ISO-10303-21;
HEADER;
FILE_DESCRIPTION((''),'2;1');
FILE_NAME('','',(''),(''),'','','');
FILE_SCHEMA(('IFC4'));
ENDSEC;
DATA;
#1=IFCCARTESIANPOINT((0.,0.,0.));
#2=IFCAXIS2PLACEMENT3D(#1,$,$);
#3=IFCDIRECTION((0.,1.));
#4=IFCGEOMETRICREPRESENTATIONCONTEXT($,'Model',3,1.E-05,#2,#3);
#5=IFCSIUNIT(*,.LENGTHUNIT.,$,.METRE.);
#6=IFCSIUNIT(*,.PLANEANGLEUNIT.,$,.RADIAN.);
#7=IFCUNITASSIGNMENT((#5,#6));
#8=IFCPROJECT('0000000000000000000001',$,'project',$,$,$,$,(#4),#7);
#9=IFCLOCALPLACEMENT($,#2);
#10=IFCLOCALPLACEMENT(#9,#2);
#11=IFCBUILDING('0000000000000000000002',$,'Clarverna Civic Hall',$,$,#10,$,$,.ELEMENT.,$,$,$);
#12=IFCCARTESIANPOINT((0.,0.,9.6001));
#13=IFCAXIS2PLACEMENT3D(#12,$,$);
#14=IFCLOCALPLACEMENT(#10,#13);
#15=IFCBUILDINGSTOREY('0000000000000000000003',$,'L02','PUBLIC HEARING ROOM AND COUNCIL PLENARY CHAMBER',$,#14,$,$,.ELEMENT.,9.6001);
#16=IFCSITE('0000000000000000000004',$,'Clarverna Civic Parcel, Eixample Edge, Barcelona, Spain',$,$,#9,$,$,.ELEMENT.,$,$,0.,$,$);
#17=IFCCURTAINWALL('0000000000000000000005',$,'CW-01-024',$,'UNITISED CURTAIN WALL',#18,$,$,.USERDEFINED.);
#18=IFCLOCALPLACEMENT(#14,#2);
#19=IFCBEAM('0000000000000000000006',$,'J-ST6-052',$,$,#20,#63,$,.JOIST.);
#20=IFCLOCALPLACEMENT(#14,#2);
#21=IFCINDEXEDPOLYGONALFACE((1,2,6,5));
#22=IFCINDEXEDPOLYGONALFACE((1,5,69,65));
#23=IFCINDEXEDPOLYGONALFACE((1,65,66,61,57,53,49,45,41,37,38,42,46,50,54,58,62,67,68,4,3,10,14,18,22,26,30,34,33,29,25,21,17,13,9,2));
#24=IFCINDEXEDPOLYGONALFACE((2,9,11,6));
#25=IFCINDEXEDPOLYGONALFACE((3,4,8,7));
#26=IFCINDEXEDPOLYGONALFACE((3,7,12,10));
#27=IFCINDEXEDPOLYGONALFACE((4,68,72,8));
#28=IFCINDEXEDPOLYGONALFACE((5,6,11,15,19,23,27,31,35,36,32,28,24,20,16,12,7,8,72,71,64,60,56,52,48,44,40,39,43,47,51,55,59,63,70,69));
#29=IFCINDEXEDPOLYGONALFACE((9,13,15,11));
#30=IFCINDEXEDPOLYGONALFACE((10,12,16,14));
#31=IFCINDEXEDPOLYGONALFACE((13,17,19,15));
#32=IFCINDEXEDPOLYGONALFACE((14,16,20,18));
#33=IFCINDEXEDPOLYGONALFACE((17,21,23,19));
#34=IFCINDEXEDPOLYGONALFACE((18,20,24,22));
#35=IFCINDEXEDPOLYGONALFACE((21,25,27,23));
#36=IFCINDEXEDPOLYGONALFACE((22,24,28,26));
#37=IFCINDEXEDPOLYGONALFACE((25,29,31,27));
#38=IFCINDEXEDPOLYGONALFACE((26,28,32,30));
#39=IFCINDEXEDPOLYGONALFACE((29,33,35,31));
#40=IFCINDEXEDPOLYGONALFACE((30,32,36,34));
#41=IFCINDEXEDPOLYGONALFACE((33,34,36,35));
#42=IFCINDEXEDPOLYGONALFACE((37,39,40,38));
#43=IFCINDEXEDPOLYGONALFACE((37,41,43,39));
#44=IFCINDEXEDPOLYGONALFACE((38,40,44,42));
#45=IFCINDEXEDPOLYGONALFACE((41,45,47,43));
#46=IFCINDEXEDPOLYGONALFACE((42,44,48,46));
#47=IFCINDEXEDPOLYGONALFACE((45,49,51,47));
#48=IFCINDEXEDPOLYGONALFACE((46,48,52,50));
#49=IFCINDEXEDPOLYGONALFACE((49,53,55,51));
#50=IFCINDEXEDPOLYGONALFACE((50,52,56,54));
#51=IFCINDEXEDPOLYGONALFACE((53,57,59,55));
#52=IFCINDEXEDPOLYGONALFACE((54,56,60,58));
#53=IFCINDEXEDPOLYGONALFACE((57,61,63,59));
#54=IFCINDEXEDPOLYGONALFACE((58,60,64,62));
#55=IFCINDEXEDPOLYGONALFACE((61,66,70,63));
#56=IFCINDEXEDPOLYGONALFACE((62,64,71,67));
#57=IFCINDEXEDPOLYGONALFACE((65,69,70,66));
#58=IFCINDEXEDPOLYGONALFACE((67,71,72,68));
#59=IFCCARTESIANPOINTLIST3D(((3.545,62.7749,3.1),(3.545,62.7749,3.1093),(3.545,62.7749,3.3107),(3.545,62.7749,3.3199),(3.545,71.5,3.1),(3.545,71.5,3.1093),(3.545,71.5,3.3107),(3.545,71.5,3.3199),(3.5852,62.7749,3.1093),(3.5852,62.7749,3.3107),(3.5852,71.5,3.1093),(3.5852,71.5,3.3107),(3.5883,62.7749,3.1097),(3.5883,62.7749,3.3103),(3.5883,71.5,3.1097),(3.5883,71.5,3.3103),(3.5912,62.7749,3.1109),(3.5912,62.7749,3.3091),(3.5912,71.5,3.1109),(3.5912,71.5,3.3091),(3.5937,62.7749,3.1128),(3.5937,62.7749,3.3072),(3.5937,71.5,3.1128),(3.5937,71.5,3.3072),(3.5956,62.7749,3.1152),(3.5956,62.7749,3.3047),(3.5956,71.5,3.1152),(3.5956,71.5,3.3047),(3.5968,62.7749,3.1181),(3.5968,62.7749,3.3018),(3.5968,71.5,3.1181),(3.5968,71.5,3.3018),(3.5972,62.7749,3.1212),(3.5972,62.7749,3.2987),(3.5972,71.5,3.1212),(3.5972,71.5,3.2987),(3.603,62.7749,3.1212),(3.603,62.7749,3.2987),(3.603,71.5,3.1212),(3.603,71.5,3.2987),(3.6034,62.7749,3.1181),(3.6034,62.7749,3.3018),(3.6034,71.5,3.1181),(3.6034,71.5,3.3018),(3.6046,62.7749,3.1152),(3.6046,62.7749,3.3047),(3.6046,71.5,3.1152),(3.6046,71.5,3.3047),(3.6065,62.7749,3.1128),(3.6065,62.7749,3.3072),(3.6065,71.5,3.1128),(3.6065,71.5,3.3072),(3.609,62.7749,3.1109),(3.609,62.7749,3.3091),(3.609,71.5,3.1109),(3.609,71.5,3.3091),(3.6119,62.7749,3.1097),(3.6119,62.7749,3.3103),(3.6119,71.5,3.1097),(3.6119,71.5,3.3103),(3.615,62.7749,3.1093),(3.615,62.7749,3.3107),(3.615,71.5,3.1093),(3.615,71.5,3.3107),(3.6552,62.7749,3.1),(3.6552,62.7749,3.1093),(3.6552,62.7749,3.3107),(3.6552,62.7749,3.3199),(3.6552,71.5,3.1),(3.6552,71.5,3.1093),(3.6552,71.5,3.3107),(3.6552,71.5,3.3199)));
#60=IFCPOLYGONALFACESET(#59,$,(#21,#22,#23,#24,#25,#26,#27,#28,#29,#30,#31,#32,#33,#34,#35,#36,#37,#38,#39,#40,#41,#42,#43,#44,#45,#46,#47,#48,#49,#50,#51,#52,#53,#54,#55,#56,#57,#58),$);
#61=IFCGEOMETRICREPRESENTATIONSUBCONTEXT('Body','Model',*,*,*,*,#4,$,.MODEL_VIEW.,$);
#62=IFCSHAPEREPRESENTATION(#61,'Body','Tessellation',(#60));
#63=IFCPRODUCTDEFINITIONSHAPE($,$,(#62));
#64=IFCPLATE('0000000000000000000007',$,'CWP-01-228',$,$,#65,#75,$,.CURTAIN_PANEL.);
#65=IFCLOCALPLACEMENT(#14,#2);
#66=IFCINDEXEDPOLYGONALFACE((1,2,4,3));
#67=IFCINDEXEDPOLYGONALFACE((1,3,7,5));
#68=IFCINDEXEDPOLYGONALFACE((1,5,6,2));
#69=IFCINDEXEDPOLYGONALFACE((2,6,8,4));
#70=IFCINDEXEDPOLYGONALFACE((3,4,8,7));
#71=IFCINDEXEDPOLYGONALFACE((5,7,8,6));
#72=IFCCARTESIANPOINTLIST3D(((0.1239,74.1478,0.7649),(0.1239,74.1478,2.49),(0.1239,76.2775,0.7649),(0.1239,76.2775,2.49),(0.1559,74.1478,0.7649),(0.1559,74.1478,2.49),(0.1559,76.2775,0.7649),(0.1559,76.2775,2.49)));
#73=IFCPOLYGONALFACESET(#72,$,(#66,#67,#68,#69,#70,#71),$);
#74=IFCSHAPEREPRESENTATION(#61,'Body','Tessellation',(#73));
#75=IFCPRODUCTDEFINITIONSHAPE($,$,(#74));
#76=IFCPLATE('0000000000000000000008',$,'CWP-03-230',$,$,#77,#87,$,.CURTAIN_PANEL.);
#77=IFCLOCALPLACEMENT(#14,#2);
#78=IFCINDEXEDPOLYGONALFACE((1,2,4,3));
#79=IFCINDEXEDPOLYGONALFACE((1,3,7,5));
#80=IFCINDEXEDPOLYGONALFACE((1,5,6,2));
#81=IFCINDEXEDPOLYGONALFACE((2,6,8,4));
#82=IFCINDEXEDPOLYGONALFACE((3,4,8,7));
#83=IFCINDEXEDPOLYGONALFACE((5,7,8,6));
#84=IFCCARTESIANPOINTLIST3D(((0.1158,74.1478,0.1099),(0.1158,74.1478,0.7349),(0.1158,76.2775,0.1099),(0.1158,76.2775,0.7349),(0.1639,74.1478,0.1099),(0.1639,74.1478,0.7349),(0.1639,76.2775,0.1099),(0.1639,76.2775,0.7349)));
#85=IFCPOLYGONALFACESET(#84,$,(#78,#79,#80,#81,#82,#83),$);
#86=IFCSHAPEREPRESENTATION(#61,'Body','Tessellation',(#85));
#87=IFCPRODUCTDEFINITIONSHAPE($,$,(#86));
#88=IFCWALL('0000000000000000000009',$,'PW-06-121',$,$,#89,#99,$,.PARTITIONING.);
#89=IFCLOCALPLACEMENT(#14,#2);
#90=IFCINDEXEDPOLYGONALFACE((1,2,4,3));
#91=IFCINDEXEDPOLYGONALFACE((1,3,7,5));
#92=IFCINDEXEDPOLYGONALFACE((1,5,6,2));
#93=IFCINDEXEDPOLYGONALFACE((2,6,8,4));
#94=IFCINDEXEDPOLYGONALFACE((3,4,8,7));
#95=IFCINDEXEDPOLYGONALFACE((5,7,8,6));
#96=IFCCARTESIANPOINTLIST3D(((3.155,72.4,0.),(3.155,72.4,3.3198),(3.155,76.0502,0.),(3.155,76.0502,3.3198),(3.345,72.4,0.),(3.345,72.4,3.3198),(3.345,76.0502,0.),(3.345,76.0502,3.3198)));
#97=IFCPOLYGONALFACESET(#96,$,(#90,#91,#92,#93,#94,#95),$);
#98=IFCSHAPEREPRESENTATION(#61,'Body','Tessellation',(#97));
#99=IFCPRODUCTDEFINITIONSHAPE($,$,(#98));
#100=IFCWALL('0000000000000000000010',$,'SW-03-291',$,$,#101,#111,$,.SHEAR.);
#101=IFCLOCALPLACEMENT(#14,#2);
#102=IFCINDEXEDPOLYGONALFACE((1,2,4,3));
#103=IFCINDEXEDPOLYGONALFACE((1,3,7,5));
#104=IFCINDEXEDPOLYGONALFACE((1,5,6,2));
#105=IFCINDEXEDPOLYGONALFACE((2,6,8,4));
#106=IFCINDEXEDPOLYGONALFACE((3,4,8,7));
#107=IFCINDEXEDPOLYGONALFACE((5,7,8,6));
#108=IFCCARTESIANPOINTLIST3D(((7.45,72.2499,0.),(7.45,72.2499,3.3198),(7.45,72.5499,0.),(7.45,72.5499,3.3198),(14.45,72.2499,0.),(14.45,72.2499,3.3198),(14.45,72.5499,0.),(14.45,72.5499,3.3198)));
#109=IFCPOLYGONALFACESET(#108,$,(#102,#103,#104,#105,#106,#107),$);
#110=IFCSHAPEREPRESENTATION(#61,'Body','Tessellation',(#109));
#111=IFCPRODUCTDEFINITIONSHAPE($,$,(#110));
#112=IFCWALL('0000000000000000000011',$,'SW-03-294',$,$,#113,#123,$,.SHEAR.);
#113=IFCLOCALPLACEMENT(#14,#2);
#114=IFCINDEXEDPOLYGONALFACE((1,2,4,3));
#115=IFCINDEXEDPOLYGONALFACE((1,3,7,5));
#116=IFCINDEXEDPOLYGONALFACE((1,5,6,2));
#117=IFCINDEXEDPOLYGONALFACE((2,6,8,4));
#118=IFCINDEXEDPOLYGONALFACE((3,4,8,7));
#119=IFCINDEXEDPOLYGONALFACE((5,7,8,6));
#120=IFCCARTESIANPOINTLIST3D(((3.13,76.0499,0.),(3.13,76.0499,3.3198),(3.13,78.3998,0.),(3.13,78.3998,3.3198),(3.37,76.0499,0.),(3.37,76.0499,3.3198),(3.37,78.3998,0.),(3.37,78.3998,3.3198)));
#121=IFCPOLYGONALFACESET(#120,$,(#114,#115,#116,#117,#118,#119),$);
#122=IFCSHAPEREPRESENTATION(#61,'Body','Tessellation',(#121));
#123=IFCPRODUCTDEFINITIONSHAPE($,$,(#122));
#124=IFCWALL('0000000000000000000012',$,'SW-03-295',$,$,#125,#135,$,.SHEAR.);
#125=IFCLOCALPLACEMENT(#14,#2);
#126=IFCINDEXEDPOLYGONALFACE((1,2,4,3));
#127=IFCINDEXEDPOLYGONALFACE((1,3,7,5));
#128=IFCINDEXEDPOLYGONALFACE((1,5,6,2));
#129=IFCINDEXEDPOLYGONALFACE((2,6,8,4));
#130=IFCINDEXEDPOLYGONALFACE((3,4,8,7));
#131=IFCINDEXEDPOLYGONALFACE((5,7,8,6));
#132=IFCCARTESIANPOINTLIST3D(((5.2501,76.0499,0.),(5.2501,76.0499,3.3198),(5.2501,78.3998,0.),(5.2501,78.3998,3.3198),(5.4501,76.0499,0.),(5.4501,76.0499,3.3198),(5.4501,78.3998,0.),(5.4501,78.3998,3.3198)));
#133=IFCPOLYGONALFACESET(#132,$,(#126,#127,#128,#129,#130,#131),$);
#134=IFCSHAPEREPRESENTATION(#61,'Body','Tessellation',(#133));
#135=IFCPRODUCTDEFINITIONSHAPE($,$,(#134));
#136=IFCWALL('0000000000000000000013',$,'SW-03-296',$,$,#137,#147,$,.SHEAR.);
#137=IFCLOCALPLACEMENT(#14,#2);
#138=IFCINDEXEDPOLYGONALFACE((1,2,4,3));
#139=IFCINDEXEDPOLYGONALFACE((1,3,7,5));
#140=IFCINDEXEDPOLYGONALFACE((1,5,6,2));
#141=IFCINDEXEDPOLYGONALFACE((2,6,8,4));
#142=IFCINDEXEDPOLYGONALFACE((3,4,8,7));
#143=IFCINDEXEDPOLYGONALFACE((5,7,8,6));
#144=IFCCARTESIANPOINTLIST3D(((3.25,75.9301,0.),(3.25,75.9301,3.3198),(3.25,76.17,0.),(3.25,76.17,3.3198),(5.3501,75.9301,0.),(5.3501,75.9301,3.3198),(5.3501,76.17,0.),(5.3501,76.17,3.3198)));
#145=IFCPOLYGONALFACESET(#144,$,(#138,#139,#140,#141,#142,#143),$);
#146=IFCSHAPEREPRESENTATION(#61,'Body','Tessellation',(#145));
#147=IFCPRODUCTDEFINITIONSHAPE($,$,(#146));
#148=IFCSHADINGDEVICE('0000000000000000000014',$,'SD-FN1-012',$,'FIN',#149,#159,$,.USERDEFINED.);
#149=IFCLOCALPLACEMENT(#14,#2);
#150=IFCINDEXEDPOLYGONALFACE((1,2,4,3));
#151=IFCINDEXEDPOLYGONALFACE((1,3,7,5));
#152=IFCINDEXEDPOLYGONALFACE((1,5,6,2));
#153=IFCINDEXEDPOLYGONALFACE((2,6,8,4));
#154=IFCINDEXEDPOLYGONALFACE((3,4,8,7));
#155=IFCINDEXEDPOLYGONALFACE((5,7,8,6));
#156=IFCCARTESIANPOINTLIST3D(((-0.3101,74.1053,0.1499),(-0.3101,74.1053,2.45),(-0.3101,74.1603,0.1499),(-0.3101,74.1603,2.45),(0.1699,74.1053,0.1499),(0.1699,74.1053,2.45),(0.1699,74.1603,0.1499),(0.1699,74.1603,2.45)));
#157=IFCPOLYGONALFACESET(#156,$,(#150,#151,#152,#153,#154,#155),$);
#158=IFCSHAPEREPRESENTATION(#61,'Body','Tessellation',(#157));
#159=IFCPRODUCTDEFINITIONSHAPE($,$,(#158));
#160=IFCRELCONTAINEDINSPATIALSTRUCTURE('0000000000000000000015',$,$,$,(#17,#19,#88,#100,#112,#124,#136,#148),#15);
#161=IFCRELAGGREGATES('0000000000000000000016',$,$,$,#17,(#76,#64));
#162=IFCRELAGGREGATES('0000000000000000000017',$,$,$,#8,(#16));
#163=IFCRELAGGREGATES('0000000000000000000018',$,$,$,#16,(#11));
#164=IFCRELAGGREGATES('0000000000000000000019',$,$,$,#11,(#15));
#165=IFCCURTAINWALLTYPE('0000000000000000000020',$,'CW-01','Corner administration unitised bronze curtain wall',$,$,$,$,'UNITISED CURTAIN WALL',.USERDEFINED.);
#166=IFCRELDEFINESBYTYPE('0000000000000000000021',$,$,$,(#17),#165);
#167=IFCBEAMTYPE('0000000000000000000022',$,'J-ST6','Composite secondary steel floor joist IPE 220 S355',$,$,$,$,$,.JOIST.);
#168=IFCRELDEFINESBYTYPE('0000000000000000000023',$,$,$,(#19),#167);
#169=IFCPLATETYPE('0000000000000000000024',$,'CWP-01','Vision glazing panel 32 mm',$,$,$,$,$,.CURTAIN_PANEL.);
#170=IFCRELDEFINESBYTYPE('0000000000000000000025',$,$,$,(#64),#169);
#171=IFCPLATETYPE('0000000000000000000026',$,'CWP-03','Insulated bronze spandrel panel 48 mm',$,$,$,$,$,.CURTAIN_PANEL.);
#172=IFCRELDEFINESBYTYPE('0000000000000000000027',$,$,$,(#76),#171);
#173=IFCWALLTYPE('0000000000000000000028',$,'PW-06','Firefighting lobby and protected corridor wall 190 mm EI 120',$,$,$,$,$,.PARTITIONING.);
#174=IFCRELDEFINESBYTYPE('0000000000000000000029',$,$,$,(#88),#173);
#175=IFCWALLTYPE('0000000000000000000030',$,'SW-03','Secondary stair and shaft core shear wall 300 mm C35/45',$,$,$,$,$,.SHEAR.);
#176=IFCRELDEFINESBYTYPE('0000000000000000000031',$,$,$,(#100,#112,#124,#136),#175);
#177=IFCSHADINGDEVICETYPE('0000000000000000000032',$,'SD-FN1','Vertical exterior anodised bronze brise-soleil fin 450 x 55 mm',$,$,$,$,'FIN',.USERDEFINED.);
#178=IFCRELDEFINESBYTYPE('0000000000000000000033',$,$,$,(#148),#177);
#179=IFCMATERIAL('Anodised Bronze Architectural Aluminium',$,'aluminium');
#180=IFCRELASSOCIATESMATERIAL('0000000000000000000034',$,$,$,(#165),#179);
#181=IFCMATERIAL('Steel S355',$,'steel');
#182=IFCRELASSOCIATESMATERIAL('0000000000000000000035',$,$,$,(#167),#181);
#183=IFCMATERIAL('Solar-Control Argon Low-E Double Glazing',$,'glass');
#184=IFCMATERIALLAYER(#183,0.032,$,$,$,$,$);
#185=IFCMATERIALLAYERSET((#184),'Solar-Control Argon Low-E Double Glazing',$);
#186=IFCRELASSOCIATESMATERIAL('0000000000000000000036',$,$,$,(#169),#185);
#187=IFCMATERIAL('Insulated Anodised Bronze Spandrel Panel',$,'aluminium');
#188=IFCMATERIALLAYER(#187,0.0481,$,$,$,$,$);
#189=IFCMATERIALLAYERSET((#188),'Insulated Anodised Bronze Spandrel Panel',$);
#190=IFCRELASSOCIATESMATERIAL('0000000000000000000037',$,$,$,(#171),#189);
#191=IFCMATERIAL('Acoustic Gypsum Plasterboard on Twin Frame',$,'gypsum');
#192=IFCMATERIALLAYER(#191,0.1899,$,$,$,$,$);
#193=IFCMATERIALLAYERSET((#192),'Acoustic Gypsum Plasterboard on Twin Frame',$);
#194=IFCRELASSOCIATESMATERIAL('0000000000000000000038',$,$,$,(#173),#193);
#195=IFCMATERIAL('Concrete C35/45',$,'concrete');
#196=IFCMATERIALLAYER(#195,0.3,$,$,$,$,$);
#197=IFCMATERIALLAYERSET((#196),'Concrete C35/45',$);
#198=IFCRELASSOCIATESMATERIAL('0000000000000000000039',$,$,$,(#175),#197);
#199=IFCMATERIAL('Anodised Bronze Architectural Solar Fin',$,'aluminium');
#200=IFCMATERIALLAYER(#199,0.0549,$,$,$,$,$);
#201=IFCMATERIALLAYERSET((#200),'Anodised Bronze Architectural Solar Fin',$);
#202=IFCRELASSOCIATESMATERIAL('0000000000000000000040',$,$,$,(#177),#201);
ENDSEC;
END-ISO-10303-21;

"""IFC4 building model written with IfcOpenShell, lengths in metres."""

from ifc_helpers import new_model, si_unit, direction, frame, frame_2d, origin, origin_2d, place, context, subcontext, project, spatial, rectangle, i_section, extrude, material, layer, layer_set, material_profile, profile_set, type_object, element, aggregate, save


model = new_model("IFC4")

# Units and contexts
model_context = context("Model", 3, precision=1e-05, world=origin(), true_north=direction((0.0, 1.0)))
body_context = subcontext(model_context, "Body", "Model", "MODEL_VIEW")
ifc_project = project(units=[si_unit("LENGTHUNIT", "METRE"), si_unit("PLANEANGLEUNIT", "RADIAN")], contexts=[model_context])

# Site, building, storey
site_placement = place(None, origin())
site = spatial("IfcSite", under=ifc_project, at=site_placement, Name="Clarverna Civic Parcel, Eixample Edge, Barcelona, Spain", CompositionType="ELEMENT", RefElevation=0.0)
building_placement = place(site_placement, origin())
building = spatial("IfcBuilding", under=site, at=building_placement, Name="Clarverna Civic Hall", CompositionType="ELEMENT")
storey_placement = place(building_placement, frame((0.0, 0.0, 9.6001)))
storey = spatial("IfcBuildingStorey", under=building, at=storey_placement, Name="L02", Description="PUBLIC HEARING ROOM AND COUNCIL PLENARY CHAMBER", CompositionType="ELEMENT", Elevation=9.6001)

# Shared definitions
ifc_material_1 = material(Name="Concrete C35/45", Category="concrete")

# Shared definitions
ifc_material_2 = material(Name="Steel S355", Category="steel")

# Curtain wall
ifc_material_3 = material(Name="Anodised Bronze Architectural Aluminium", Category="aluminium")
curtain_wall_type = type_object("IfcCurtainWallType", Name="CW-01", Description="Corner administration unitised bronze curtain wall", ElementType="UNITISED CURTAIN WALL", PredefinedType="USERDEFINED", material=ifc_material_3)
curtain_wall_placement = place(storey_placement, origin())
curtain_wall = element("IfcCurtainWall", 1, at=curtain_wall_placement, inside=storey, type_object=curtain_wall_type, Name="CW-01-024", ObjectType="UNITISED CURTAIN WALL", PredefinedType="USERDEFINED")

# Beam
ifc_material_profile_1 = material_profile(ifc_material_2, i_section(OverallWidth=0.1101, OverallDepth=0.22, WebThickness=0.0059, FlangeThickness=0.0093, FilletRadius=0.012, at=origin_2d()), Name="IPE 220")
ifc_profile_set_1 = profile_set([ifc_material_profile_1], Name="Steel S355")
beam_type_1 = type_object("IfcBeamType", Name="J-ST6", Description="Composite secondary steel floor joist IPE 220 S355", PredefinedType="JOIST", material=ifc_profile_set_1)
beam_1_placement = place(storey_placement, frame((3.6001, 62.7749, 3.21), z_axis=(0.0, 1.0, 0.0), x_axis=(-1.0, 0.0, 0.0)))
element("IfcBeam", 2, at=beam_1_placement, inside=storey, type_object=beam_type_1, Name="J-ST6-052", PredefinedType="JOIST", context=body_context, shape_type="SweptSolid", body=[
    extrude(i_section(OverallWidth=0.1101, OverallDepth=0.22, WebThickness=0.0059, FlangeThickness=0.0093, FilletRadius=0.012, at=origin_2d()), origin(), (0.0, 0.0, 1.0), 8.7251),
])

# Plates
ifc_material_4 = material(Name="Solar-Control Argon Low-E Double Glazing", Category="glass")
ifc_layer_1 = layer(ifc_material_4, 0.032)
ifc_layer_set_1 = layer_set([ifc_layer_1], Name="Solar-Control Argon Low-E Double Glazing")
plate_type_1 = type_object("IfcPlateType", Name="CWP-01", Description="Vision glazing panel 32 mm", PredefinedType="CURTAIN_PANEL", material=ifc_layer_set_1)
plate_1_placement = place(storey_placement, frame((0.1399, 74.1477, 0.7649), z_axis=(0.0, 0.0, 1.0), x_axis=(0.0, 1.0, 0.0)))
plate_1 = element("IfcPlate", 3, at=plate_1_placement, type_object=plate_type_1, Name="CWP-01-228", PredefinedType="CURTAIN_PANEL", context=body_context, shape_type="SweptSolid", body=[
    extrude(rectangle(XDim=2.1296, YDim=0.032, at=frame_2d((1.0649, 0.0))), origin(), (0.0, 0.0, 1.0), 1.7251),
])
ifc_material_5 = material(Name="Insulated Anodised Bronze Spandrel Panel", Category="aluminium")
ifc_layer_2 = layer(ifc_material_5, 0.0481)
ifc_layer_set_2 = layer_set([ifc_layer_2], Name="Insulated Anodised Bronze Spandrel Panel")
plate_type_2 = type_object("IfcPlateType", Name="CWP-03", Description="Insulated bronze spandrel panel 48 mm", PredefinedType="CURTAIN_PANEL", material=ifc_layer_set_2)
plate_2_placement = place(storey_placement, frame((0.1399, 74.1477, 0.1099), z_axis=(0.0, 0.0, 1.0), x_axis=(0.0, 1.0, 0.0)))
plate_2 = element("IfcPlate", 4, at=plate_2_placement, type_object=plate_type_2, Name="CWP-03-230", PredefinedType="CURTAIN_PANEL", context=body_context, shape_type="SweptSolid", body=[
    extrude(rectangle(XDim=2.1296, YDim=0.0481, at=frame_2d((1.0649, 0.0))), origin(), (0.0, 0.0, 1.0), 0.625),
])
aggregate(curtain_wall, [plate_2, plate_1])

# Wall
ifc_material_6 = material(Name="Acoustic Gypsum Plasterboard on Twin Frame", Category="gypsum")
ifc_layer_3 = layer(ifc_material_6, 0.1899)
ifc_layer_set_3 = layer_set([ifc_layer_3], Name="Acoustic Gypsum Plasterboard on Twin Frame")
wall_type_1 = type_object("IfcWallType", Name="PW-06", Description="Firefighting lobby and protected corridor wall 190 mm EI 120", PredefinedType="PARTITIONING", material=ifc_layer_set_3)
wall_1_placement = place(storey_placement, frame((3.25, 72.3999, 0.0), z_axis=(0.0, 0.0, 1.0), x_axis=(0.0, 1.0, 0.0)))
element("IfcWall", 5, at=wall_1_placement, inside=storey, type_object=wall_type_1, Name="PW-06-121", PredefinedType="PARTITIONING", context=body_context, shape_type="SweptSolid", body=[
    extrude(rectangle(XDim=3.6501, YDim=0.1899, at=frame_2d((1.8252, 0.0))), origin(), (0.0, 0.0, 1.0), 3.3198),
])

# Shared definitions
ifc_layer_4 = layer(ifc_material_1, 0.3)
ifc_layer_set_4 = layer_set([ifc_layer_4], Name="Concrete C35/45")
wall_type_2 = type_object("IfcWallType", Name="SW-03", Description="Secondary stair and shaft core shear wall 300 mm C35/45", PredefinedType="SHEAR", material=ifc_layer_set_4)

# Walls
wall_2_placement = place(storey_placement, frame((7.45, 72.3999, 0.0), z_axis=(0.0, 0.0, 1.0), x_axis=(1.0, 0.0, 0.0)))
element("IfcWall", 6, at=wall_2_placement, inside=storey, type_object=wall_type_2, Name="SW-03-291", PredefinedType="SHEAR", context=body_context, shape_type="SweptSolid", body=[
    extrude(rectangle(XDim=7.0, YDim=0.3, at=frame_2d((3.5, 0.0))), origin(), (0.0, 0.0, 1.0), 3.3198),
])
wall_3_placement = place(storey_placement, frame((3.25, 76.05, 0.0), z_axis=(0.0, 0.0, 1.0), x_axis=(0.0, 1.0, 0.0)))
element("IfcWall", 7, at=wall_3_placement, inside=storey, type_object=wall_type_2, Name="SW-03-294", PredefinedType="SHEAR", context=body_context, shape_type="SweptSolid", body=[
    extrude(rectangle(XDim=2.3499, YDim=0.24, at=frame_2d((1.1748, 0.0))), origin(), (0.0, 0.0, 1.0), 3.3198),
])
wall_4_placement = place(storey_placement, frame((5.3501, 76.05, 0.0), z_axis=(0.0, 0.0, 1.0), x_axis=(0.0, 1.0, 0.0)))
element("IfcWall", 8, at=wall_4_placement, inside=storey, type_object=wall_type_2, Name="SW-03-295", PredefinedType="SHEAR", context=body_context, shape_type="SweptSolid", body=[
    extrude(rectangle(XDim=2.3499, YDim=0.2, at=frame_2d((1.1748, 0.0))), origin(), (0.0, 0.0, 1.0), 3.3198),
])
wall_5_placement = place(storey_placement, frame((3.25, 76.05, 0.0), z_axis=(0.0, 0.0, 1.0), x_axis=(1.0, 0.0, 0.0)))
element("IfcWall", 9, at=wall_5_placement, inside=storey, type_object=wall_type_2, Name="SW-03-296", PredefinedType="SHEAR", context=body_context, shape_type="SweptSolid", body=[
    extrude(rectangle(XDim=2.1001, YDim=0.24, at=frame_2d((1.05, 0.0))), origin(), (0.0, 0.0, 1.0), 3.3198),
])

# Shading device
ifc_material_7 = material(Name="Anodised Bronze Architectural Solar Fin", Category="aluminium")
ifc_layer_5 = layer(ifc_material_7, 0.0549)
ifc_layer_set_5 = layer_set([ifc_layer_5], Name="Anodised Bronze Architectural Solar Fin")
shading_device_type = type_object("IfcShadingDeviceType", Name="SD-FN1", Description="Vertical exterior anodised bronze brise-soleil fin 450 x 55 mm", ElementType="FIN", PredefinedType="USERDEFINED", material=ifc_layer_set_5)
shading_device_placement = place(storey_placement, frame((0.1699, 74.1328, 0.1499), z_axis=(0.0, 0.0, 1.0), x_axis=(-1.0, 0.0, 0.0)))
element("IfcShadingDevice", 10, at=shading_device_placement, inside=storey, type_object=shading_device_type, Name="SD-FN1-012", ObjectType="FIN", PredefinedType="USERDEFINED", context=body_context, shape_type="SweptSolid", body=[
    extrude(rectangle(XDim=0.48, YDim=0.0549, at=frame_2d((0.24, 0.0))), origin(), (0.0, 0.0, 1.0), 2.3),
])

save(model, "model.ifc")
